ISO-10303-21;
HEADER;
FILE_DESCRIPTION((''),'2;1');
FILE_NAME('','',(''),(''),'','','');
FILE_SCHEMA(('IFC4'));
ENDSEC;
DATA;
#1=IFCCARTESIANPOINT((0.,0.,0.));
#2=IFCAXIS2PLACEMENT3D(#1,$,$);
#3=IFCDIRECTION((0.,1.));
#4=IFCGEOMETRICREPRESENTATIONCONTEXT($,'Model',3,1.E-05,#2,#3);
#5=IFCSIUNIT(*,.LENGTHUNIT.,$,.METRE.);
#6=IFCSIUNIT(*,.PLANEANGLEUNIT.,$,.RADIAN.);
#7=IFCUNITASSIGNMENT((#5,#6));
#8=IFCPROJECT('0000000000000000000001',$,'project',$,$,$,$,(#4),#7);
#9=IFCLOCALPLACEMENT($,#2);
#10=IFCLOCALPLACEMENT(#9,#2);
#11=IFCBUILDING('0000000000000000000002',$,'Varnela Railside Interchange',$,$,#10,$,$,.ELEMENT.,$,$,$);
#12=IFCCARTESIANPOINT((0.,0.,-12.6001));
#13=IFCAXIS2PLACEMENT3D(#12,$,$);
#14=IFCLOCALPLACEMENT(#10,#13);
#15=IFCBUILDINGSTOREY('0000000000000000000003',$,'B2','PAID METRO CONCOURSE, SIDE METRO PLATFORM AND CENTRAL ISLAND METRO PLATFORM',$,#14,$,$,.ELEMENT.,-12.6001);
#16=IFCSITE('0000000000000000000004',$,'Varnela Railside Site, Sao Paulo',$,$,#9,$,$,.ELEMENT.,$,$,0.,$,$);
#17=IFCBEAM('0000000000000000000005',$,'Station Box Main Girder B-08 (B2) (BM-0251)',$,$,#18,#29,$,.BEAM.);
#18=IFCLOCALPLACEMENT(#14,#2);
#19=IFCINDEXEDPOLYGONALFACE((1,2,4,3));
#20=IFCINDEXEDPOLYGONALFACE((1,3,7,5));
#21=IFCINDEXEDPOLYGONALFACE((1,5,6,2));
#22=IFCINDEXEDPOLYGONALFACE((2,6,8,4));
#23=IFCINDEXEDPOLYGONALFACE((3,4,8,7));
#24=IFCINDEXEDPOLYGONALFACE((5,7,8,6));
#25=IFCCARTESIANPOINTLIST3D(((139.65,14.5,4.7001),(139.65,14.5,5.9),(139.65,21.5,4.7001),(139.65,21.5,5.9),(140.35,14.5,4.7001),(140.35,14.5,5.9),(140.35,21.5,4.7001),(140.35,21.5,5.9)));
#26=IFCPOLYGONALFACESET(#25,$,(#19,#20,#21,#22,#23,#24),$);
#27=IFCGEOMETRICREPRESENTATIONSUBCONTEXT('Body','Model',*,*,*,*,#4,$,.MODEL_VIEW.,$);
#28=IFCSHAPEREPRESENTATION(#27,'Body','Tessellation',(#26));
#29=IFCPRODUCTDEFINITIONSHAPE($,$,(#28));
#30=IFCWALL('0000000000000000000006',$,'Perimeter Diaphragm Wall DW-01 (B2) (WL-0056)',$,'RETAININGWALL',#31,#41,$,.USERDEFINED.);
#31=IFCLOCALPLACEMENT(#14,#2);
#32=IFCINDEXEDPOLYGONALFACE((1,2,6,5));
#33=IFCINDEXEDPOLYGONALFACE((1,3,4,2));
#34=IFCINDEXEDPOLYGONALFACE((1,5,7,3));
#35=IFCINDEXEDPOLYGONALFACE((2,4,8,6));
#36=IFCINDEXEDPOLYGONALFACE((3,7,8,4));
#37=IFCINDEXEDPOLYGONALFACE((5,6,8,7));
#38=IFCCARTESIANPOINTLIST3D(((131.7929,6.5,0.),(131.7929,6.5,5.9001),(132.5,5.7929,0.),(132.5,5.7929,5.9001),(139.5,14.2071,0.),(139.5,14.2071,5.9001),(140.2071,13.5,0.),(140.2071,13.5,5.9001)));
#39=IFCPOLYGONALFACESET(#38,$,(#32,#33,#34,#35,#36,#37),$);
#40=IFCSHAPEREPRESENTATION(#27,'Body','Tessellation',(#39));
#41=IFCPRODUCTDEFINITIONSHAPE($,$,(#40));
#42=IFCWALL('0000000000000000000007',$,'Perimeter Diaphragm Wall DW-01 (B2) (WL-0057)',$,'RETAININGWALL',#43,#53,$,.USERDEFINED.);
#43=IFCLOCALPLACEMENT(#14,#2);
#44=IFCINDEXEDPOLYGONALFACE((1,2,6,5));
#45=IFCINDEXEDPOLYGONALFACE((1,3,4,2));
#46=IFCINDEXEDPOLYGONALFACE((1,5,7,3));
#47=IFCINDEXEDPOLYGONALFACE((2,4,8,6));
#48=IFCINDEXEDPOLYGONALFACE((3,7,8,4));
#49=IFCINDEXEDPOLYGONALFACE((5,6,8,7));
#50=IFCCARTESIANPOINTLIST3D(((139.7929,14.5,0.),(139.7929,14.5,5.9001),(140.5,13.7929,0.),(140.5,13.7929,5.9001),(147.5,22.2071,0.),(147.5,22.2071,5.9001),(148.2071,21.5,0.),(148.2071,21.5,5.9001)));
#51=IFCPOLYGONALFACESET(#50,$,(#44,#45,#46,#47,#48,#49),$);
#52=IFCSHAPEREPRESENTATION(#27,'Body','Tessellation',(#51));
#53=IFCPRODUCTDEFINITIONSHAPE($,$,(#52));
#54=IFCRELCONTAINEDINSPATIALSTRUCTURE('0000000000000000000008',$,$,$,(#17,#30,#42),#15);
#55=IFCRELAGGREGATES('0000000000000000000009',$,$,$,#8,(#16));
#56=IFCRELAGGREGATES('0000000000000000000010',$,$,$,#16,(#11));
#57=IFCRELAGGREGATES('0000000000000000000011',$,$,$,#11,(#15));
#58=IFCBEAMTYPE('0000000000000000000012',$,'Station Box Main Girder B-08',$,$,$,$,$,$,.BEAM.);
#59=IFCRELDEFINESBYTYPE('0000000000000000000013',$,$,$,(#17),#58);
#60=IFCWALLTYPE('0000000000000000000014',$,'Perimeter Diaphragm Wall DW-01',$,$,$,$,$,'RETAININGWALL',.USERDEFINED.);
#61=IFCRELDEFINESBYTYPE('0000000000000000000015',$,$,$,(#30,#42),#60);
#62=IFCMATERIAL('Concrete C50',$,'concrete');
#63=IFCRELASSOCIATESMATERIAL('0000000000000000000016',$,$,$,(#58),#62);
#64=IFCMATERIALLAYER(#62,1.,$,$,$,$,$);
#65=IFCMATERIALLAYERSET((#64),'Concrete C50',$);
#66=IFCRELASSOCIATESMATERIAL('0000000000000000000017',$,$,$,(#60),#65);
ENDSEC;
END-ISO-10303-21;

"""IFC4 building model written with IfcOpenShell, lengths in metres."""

from ifc_helpers import new_model, si_unit, direction, frame, frame_2d, origin, origin_2d, place, context, subcontext, project, spatial, rectangle, extrude, material, layer, layer_set, material_profile, profile_set, type_object, element, save


model = new_model("IFC4")

# Units and contexts
model_context = context("Model", 3, precision=1e-05, world=origin(), true_north=direction((0.0, 1.0)))
body_context = subcontext(model_context, "Body", "Model", "MODEL_VIEW")
ifc_project = project(units=[si_unit("LENGTHUNIT", "METRE"), si_unit("PLANEANGLEUNIT", "RADIAN")], contexts=[model_context])

# Site, building, storey
site_placement = place(None, origin())
site = spatial("IfcSite", under=ifc_project, at=site_placement, Name="Varnela Railside Site, Sao Paulo", CompositionType="ELEMENT", RefElevation=0.0)
building_placement = place(site_placement, origin())
building = spatial("IfcBuilding", under=site, at=building_placement, Name="Varnela Railside Interchange", CompositionType="ELEMENT")
storey_placement = place(building_placement, frame((0.0, 0.0, -12.6001)))
storey = spatial("IfcBuildingStorey", under=building, at=storey_placement, Name="B2", Description="PAID METRO CONCOURSE, SIDE METRO PLATFORM AND CENTRAL ISLAND METRO PLATFORM", CompositionType="ELEMENT", Elevation=-12.6001)

# Shared definitions
ifc_material_1 = material(Name="Concrete C50", Category="concrete")

# Beam
ifc_material_profile_1 = material_profile(ifc_material_1, rectangle(XDim=0.7, YDim=1.2, at=origin_2d()), Name="RC 700x1200")
ifc_profile_set_1 = profile_set([ifc_material_profile_1], Name="Concrete C50")
beam_type_1 = type_object("IfcBeamType", Name="Station Box Main Girder B-08", PredefinedType="BEAM", material=ifc_profile_set_1)
beam_1_placement = place(storey_placement, frame((140.0, 14.5, 5.3), z_axis=(0.0, 1.0, 0.0), x_axis=(-1.0, 0.0, 0.0)))
element("IfcBeam", 1, at=beam_1_placement, inside=storey, type_object=beam_type_1, Name="Station Box Main Girder B-08 (B2) (BM-0251)", PredefinedType="BEAM", context=body_context, shape_type="SweptSolid", body=[
    extrude(rectangle(XDim=0.7, YDim=1.2, at=origin_2d()), origin(), (0.0, 0.0, 1.0), 7.0),
])

# Walls
ifc_layer = layer(ifc_material_1, 1.0)
ifc_layer_set = layer_set([ifc_layer], Name="Concrete C50")
wall_type = type_object("IfcWallType", Name="Perimeter Diaphragm Wall DW-01", ElementType="RETAININGWALL", PredefinedType="USERDEFINED", material=ifc_layer_set)
for number, where, z_axis, x_axis, name in (
    (2, (132.1465, 6.1465, 0.0), (0.0, 0.0, 1.0), (0.707107, 0.707107, 0.0), "Perimeter Diaphragm Wall DW-01 (B2) (WL-0056)"),
    (3, (140.1465, 14.1465, 0.0), (0.0, 0.0, 1.0), (0.707107, 0.707107, 0.0), "Perimeter Diaphragm Wall DW-01 (B2) (WL-0057)"),
):
    element("IfcWall", number, at=place(storey_placement, frame(where, z_axis=z_axis, x_axis=x_axis)), inside=storey, type_object=wall_type, Name=name, ObjectType="RETAININGWALL", PredefinedType="USERDEFINED", context=body_context, shape_type="SweptSolid", body=[
        extrude(rectangle(XDim=10.8994, YDim=1.0, at=frame_2d((5.4497, 0.0))), origin(), (0.0, 0.0, 1.0), 5.9001),
    ])

save(model, "model.ifc")
